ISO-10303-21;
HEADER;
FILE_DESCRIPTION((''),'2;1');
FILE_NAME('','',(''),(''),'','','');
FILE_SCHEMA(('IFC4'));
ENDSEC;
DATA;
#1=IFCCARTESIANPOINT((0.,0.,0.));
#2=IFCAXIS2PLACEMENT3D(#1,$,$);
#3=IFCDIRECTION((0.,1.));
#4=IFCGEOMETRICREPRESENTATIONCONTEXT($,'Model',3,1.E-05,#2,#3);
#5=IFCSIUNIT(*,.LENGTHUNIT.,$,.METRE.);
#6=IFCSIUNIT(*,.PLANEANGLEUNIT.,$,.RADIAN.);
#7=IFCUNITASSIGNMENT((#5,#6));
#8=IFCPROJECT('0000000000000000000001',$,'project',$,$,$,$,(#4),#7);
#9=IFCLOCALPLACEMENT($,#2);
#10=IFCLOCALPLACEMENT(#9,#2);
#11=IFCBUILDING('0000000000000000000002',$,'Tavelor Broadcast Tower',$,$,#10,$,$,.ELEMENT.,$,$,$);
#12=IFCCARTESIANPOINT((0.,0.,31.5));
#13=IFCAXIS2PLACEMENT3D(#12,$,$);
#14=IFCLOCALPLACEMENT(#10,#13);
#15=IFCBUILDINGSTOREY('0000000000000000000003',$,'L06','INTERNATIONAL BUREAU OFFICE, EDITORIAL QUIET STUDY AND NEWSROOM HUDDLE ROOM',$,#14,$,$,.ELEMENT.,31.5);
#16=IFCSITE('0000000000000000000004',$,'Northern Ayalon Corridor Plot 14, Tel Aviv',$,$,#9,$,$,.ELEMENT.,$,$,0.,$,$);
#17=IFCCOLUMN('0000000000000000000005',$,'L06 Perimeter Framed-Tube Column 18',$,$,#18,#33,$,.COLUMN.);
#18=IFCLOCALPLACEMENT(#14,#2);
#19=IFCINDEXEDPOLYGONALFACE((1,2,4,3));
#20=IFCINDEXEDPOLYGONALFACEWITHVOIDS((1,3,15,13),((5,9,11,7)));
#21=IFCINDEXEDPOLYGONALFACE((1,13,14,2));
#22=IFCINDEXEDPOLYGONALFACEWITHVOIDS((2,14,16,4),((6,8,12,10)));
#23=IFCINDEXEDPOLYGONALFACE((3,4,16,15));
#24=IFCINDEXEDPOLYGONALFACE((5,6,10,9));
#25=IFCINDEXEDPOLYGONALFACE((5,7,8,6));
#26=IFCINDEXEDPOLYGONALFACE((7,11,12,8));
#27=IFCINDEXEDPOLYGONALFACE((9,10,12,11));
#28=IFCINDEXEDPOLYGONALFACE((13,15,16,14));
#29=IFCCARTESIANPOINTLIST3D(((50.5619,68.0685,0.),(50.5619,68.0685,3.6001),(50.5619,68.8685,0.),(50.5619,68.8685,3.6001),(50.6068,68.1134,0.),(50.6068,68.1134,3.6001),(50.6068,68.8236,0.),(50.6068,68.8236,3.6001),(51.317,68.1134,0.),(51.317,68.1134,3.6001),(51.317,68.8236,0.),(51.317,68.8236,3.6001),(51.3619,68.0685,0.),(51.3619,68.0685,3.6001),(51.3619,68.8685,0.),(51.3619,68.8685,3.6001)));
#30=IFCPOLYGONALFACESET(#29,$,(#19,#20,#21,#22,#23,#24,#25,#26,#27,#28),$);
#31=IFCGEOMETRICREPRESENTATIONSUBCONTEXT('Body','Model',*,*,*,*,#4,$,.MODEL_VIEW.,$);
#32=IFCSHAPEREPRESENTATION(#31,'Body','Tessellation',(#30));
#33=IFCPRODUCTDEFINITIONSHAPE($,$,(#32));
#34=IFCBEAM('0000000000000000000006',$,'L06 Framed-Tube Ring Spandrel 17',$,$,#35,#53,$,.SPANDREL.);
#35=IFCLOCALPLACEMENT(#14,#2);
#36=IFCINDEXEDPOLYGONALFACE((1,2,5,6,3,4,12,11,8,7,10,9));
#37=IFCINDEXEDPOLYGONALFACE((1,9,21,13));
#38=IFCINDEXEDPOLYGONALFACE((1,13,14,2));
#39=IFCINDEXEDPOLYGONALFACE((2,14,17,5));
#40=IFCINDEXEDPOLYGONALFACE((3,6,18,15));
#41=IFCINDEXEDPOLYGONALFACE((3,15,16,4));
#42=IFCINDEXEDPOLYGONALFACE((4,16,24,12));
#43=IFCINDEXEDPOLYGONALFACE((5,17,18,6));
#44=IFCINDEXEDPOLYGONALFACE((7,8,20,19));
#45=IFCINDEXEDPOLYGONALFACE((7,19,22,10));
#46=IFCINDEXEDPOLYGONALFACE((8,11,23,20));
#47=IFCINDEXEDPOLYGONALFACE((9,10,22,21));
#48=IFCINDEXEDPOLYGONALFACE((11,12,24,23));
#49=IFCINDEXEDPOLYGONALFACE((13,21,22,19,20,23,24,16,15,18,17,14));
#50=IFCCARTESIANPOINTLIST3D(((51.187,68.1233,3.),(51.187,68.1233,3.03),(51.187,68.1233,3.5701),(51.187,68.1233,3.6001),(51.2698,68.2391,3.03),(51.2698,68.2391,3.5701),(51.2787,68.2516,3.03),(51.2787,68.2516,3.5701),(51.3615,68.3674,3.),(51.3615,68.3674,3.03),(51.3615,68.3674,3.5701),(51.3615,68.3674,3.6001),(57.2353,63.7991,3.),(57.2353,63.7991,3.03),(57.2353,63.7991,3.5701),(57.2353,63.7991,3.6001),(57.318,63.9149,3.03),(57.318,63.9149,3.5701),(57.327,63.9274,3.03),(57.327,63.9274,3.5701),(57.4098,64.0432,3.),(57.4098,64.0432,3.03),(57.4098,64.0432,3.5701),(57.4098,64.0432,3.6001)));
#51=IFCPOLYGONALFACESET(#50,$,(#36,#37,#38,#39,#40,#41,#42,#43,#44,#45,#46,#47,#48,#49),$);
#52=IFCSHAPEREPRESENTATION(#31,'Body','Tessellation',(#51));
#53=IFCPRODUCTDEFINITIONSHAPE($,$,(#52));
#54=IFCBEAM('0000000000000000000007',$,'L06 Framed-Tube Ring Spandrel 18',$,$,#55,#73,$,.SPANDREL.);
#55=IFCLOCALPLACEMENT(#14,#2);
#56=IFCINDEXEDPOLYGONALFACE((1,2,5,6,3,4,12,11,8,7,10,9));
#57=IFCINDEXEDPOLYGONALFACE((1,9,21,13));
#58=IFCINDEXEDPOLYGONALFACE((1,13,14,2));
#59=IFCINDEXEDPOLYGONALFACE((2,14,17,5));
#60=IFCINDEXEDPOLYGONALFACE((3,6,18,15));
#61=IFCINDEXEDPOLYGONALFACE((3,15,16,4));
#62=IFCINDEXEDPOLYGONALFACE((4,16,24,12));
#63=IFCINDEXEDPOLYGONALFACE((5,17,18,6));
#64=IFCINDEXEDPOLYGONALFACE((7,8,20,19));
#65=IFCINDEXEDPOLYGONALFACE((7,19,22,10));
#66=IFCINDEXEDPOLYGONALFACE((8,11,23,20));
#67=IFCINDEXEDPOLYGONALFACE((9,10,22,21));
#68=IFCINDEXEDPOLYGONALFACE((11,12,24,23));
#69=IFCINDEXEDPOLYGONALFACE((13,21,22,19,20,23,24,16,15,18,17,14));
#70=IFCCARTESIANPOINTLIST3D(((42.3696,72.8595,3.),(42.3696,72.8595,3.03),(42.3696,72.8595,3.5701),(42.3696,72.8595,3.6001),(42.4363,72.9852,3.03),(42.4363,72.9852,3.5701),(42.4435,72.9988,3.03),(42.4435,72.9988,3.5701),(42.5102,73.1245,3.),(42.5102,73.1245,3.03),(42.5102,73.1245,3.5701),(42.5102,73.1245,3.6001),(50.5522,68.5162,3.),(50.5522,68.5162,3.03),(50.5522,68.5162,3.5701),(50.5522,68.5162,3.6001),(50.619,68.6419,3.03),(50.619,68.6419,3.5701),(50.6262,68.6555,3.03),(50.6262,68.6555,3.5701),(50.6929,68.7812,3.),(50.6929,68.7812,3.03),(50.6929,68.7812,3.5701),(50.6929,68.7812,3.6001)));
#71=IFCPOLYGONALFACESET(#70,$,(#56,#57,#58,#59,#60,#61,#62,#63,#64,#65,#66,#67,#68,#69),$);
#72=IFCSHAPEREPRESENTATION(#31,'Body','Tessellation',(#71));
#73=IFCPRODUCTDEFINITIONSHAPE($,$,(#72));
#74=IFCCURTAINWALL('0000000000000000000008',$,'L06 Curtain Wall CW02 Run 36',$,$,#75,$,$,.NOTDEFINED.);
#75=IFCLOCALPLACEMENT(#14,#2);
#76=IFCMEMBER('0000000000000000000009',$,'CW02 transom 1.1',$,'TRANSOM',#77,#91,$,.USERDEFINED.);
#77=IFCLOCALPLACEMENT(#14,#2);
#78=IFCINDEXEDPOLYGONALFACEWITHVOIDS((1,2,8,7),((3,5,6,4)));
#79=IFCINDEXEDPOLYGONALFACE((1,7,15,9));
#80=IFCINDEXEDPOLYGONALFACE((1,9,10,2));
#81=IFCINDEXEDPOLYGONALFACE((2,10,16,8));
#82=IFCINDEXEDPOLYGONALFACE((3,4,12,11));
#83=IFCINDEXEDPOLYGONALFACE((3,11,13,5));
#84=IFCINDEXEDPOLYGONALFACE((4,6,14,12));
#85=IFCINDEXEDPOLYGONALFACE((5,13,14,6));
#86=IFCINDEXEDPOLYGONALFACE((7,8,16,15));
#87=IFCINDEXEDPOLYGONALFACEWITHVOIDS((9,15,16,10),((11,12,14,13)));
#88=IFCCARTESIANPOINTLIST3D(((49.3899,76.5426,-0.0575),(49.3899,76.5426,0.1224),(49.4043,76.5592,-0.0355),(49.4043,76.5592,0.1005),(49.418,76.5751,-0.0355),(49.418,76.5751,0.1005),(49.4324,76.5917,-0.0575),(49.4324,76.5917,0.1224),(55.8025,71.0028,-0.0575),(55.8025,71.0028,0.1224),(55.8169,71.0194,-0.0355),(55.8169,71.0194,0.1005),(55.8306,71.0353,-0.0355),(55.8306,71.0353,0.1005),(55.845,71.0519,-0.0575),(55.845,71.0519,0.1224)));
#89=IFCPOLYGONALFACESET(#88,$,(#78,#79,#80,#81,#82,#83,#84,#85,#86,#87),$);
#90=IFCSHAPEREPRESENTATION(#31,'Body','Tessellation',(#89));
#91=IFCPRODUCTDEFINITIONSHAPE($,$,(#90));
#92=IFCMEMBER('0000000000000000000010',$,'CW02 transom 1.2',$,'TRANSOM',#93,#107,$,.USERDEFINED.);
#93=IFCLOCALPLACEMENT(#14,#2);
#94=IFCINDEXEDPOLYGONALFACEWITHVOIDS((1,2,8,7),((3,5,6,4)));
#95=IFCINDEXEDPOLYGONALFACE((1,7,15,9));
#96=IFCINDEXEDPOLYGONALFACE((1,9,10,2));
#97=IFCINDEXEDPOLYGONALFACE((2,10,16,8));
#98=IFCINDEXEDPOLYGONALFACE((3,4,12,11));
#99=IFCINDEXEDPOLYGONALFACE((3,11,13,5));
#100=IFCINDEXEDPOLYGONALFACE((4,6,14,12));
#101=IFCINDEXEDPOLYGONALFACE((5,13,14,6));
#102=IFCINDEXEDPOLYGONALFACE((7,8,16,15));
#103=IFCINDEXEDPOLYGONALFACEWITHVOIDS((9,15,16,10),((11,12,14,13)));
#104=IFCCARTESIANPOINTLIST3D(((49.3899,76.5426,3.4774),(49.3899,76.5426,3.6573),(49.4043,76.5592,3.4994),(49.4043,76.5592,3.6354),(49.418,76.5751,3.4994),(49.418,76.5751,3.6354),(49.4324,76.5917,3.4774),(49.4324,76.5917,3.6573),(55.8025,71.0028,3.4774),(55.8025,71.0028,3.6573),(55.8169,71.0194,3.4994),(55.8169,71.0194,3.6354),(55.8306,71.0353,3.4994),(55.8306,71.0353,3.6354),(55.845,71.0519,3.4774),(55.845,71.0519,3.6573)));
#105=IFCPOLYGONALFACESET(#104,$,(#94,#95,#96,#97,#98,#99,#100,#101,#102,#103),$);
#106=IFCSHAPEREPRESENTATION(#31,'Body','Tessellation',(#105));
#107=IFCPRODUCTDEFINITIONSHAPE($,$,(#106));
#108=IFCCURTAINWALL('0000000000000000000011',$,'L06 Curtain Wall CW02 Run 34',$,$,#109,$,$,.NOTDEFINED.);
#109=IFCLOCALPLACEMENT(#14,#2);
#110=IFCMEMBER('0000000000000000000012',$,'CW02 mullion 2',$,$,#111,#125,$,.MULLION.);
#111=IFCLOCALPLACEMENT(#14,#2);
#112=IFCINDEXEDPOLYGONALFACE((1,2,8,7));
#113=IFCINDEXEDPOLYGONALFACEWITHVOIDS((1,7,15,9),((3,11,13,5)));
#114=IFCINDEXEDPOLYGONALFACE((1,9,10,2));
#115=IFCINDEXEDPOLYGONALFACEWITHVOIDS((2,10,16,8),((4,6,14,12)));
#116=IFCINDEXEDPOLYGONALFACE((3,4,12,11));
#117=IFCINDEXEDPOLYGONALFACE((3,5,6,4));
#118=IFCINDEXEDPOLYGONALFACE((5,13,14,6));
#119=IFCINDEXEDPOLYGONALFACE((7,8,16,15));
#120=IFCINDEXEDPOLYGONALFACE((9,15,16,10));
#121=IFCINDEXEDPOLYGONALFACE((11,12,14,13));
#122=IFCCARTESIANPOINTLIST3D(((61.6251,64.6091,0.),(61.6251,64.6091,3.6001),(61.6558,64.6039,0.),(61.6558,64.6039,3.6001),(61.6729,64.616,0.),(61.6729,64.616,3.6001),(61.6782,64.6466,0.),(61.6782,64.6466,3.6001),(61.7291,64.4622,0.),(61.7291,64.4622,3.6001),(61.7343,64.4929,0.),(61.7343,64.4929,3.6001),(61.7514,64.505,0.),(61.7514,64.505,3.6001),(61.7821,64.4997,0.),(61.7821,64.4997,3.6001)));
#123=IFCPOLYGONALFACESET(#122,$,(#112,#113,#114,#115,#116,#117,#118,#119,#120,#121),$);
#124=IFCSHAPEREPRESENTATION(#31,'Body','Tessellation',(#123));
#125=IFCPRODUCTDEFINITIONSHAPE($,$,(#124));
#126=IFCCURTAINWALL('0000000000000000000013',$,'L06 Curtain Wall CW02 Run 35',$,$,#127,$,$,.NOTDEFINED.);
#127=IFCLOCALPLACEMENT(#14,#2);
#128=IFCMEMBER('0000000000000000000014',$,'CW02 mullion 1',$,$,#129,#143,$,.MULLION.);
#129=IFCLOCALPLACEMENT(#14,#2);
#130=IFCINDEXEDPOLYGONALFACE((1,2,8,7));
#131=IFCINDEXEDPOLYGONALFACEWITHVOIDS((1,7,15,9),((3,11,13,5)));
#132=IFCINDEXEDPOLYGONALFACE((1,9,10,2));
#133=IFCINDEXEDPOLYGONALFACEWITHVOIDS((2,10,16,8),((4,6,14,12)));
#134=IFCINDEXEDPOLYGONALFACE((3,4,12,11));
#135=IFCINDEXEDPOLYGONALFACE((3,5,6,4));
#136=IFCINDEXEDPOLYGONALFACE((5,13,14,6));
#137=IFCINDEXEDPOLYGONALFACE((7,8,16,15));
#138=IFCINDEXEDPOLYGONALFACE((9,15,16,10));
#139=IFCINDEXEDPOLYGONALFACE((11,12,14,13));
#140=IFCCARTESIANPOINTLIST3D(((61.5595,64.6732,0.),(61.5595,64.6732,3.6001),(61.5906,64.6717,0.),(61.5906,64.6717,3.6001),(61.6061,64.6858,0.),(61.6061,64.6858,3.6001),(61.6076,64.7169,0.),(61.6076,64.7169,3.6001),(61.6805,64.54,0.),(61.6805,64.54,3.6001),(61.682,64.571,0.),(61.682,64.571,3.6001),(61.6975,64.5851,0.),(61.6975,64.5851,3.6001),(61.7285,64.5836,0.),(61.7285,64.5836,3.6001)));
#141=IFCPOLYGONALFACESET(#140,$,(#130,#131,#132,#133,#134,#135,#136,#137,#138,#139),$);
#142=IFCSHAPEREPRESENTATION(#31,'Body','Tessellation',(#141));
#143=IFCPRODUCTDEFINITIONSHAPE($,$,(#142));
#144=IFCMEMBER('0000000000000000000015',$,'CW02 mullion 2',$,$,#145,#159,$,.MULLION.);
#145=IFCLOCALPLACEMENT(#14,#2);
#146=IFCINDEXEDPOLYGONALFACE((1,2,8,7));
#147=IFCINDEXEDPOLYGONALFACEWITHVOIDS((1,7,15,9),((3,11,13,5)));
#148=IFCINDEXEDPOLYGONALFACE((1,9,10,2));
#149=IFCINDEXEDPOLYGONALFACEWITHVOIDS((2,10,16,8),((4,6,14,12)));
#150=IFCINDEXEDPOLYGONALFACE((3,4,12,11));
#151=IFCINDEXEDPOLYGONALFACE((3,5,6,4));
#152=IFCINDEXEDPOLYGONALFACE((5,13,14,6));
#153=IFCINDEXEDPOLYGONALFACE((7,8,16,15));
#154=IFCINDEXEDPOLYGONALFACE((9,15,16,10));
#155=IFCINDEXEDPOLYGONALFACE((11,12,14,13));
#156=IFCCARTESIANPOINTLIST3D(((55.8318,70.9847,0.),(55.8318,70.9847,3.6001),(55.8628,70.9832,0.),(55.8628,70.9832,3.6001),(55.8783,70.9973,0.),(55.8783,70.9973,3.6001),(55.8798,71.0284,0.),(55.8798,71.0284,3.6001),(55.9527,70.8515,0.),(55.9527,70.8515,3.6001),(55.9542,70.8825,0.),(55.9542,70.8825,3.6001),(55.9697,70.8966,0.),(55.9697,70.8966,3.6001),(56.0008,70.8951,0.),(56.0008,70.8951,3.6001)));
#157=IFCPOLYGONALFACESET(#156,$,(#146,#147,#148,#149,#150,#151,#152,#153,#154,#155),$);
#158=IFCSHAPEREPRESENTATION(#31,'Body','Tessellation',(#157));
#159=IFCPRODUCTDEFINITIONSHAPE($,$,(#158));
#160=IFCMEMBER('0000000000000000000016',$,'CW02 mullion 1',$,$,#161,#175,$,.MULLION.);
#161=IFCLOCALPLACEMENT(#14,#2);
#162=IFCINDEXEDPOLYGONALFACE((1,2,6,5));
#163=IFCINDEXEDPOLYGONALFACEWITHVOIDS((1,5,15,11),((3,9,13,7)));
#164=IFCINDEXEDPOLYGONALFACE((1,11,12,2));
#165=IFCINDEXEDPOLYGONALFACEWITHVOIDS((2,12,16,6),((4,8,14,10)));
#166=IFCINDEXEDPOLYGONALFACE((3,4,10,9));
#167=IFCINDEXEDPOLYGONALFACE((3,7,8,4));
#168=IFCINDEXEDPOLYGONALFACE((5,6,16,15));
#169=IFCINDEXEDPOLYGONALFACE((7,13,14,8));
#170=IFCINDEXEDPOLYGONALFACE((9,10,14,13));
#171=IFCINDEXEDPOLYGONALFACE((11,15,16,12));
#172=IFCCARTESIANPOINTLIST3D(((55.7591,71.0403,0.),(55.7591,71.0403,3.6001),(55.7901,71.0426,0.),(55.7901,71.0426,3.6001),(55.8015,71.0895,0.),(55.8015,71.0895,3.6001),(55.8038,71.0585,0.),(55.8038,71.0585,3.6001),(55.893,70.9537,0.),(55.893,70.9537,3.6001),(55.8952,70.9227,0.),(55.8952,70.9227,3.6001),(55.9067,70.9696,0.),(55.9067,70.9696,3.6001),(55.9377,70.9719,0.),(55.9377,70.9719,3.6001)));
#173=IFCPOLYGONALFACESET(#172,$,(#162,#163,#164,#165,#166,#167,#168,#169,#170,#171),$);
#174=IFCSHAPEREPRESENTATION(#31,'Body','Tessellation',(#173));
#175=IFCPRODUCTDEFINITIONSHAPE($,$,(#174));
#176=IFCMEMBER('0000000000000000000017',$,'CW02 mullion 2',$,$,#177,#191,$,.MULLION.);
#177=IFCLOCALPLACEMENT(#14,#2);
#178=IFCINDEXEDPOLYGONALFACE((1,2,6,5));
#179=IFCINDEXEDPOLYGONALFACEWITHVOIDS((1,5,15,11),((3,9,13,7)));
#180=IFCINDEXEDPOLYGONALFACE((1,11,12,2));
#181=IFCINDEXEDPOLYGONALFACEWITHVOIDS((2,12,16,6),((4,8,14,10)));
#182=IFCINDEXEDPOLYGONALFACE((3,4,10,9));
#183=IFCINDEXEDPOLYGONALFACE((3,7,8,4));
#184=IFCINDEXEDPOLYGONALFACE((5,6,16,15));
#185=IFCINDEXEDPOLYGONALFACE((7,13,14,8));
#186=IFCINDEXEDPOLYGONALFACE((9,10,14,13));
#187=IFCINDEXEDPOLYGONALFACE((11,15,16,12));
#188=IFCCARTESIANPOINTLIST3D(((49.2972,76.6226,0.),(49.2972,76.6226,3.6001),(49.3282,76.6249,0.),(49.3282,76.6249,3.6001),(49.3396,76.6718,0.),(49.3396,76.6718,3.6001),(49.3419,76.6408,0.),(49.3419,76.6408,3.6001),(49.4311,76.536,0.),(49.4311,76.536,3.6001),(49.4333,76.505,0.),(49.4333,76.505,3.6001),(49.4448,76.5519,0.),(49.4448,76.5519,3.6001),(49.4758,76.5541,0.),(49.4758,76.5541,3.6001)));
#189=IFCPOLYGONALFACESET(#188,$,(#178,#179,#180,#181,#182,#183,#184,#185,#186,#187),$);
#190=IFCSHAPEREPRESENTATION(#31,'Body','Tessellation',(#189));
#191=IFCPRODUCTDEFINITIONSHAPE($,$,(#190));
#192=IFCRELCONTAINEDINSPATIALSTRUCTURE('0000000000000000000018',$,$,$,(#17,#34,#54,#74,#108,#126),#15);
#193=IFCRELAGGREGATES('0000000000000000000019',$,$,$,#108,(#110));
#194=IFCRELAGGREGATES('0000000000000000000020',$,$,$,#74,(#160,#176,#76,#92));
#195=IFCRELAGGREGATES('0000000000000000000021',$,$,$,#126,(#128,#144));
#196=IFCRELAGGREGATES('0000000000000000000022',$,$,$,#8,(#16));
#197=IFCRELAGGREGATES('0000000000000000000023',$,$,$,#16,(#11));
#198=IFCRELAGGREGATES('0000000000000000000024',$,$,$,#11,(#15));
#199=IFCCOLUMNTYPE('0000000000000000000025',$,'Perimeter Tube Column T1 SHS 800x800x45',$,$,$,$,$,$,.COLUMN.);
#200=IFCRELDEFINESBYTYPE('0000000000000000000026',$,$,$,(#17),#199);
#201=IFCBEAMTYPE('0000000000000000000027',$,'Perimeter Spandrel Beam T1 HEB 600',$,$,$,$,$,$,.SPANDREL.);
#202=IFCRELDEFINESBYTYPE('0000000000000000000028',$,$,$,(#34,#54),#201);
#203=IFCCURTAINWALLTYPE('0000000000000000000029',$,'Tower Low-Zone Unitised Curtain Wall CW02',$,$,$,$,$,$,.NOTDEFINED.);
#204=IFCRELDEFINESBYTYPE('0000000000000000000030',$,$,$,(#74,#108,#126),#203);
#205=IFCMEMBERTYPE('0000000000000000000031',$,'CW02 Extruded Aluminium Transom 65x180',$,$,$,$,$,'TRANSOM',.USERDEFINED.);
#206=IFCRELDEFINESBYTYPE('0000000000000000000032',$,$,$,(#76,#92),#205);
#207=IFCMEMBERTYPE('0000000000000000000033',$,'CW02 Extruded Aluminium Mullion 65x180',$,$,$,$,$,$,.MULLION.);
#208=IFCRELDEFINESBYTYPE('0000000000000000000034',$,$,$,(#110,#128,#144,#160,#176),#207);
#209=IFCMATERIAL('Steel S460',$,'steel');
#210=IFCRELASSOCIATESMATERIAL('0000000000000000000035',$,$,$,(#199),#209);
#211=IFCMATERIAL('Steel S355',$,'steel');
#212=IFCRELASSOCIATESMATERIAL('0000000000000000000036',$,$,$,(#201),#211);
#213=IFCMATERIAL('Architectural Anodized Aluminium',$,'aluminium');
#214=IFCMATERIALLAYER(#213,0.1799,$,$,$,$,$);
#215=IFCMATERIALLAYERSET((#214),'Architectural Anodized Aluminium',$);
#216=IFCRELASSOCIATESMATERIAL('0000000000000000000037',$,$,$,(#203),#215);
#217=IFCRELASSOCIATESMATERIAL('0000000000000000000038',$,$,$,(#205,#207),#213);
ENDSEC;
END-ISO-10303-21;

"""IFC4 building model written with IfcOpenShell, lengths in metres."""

from ifc_helpers import new_model, si_unit, direction, frame, origin, origin_2d, place, context, subcontext, project, spatial, hollow_rectangle, i_section, extrude, source, transform, mapped, material, layer, layer_set, material_profile, profile_set, type_object, type_shapes, element, aggregate, save


model = new_model("IFC4")

# Units and contexts
model_context = context("Model", 3, precision=1e-05, world=origin(), true_north=direction((0.0, 1.0)))
body_context = subcontext(model_context, "Body", "Model", "MODEL_VIEW")
ifc_project = project(units=[si_unit("LENGTHUNIT", "METRE"), si_unit("PLANEANGLEUNIT", "RADIAN")], contexts=[model_context])

# Site, building, storey
site_placement = place(None, origin())
site = spatial("IfcSite", under=ifc_project, at=site_placement, Name="Northern Ayalon Corridor Plot 14, Tel Aviv", CompositionType="ELEMENT", RefElevation=0.0)
building_placement = place(site_placement, origin())
building = spatial("IfcBuilding", under=site, at=building_placement, Name="Tavelor Broadcast Tower", CompositionType="ELEMENT")
storey_placement = place(building_placement, frame((0.0, 0.0, 31.5)))
storey = spatial("IfcBuildingStorey", under=building, at=storey_placement, Name="L06", Description="INTERNATIONAL BUREAU OFFICE, EDITORIAL QUIET STUDY AND NEWSROOM HUDDLE ROOM", CompositionType="ELEMENT", Elevation=31.5)

# Column
ifc_material_1 = material(Name="Steel S460", Category="steel")
ifc_material_profile_1 = material_profile(ifc_material_1, hollow_rectangle(XDim=0.8, YDim=0.8, WallThickness=0.0449, at=origin_2d()), Name="SHS 800x800x45")
ifc_profile_set_1 = profile_set([ifc_material_profile_1], Name="Steel S460")
column_type = type_object("IfcColumnType", Name="Perimeter Tube Column T1 SHS 800x800x45", PredefinedType="COLUMN", material=ifc_profile_set_1)
column_placement = place(storey_placement, frame((50.9619, 68.4685, 0.0), z_axis=(0.0, 0.0, 1.0), x_axis=(1.0, 0.0, 0.0)))
element("IfcColumn", 1, at=column_placement, inside=storey, type_object=column_type, Name="L06 Perimeter Framed-Tube Column 18", PredefinedType="COLUMN", context=body_context, shape_type="SweptSolid", body=[
    extrude(hollow_rectangle(XDim=0.8, YDim=0.8, WallThickness=0.0449, at=origin_2d()), origin(), (0.0, 0.0, 1.0), 3.6001),
])

# Beams
ifc_material_2 = material(Name="Steel S355", Category="steel")
ifc_material_profile_2 = material_profile(ifc_material_2, i_section(OverallWidth=0.3, OverallDepth=0.6001, WebThickness=0.0154, FlangeThickness=0.03, at=origin_2d()), Name="HEB 600")
ifc_profile_set_2 = profile_set([ifc_material_profile_2], Name="Steel S355")
beam_type = type_object("IfcBeamType", Name="Perimeter Spandrel Beam T1 HEB 600", PredefinedType="SPANDREL", material=ifc_profile_set_2)
beam_1_placement = place(storey_placement, frame((57.3225, 63.9211, 3.3), z_axis=(-0.81348, 0.581592, 0.0), x_axis=(-0.581592, -0.81348, 0.0)))
element("IfcBeam", 2, at=beam_1_placement, inside=storey, type_object=beam_type, Name="L06 Framed-Tube Ring Spandrel 17", PredefinedType="SPANDREL", context=body_context, shape_type="SweptSolid", body=[
    extrude(i_section(OverallWidth=0.3, OverallDepth=0.6001, WebThickness=0.0154, FlangeThickness=0.03, at=origin_2d()), origin(), (0.0, 0.0, 1.0), 7.4351),
])
beam_2_placement = place(storey_placement, frame((50.6226, 68.6487, 3.3), z_axis=(-0.883284, 0.468839, 0.0), x_axis=(-0.468839, -0.883284, 0.0)))
element("IfcBeam", 3, at=beam_2_placement, inside=storey, type_object=beam_type, Name="L06 Framed-Tube Ring Spandrel 18", PredefinedType="SPANDREL", context=body_context, shape_type="SweptSolid", body=[
    extrude(i_section(OverallWidth=0.3, OverallDepth=0.6001, WebThickness=0.0154, FlangeThickness=0.03, at=origin_2d()), origin(), (0.0, 0.0, 1.0), 9.2639),
])

# Curtain wall, members
ifc_material_3 = material(Name="Architectural Anodized Aluminium", Category="aluminium")
ifc_layer_1 = layer(ifc_material_3, 0.1799)
ifc_layer_set_1 = layer_set([ifc_layer_1], Name="Architectural Anodized Aluminium")
curtain_wall_type = type_object("IfcCurtainWallType", Name="Tower Low-Zone Unitised Curtain Wall CW02", PredefinedType="NOTDEFINED", material=ifc_layer_set_1)
curtain_wall_1_placement = place(storey_placement, origin())
curtain_wall_1 = element("IfcCurtainWall", 4, at=curtain_wall_1_placement, inside=storey, type_object=curtain_wall_type, Name="L06 Curtain Wall CW02 Run 36", PredefinedType="NOTDEFINED")
ifc_material_profile_3 = material_profile(ifc_material_3, hollow_rectangle(XDim=0.0649, YDim=0.1799, WallThickness=0.022, at=origin_2d()), Name="RHS 65x180x22")
ifc_profile_set_3 = profile_set([ifc_material_profile_3], Name="Architectural Anodized Aluminium")
member_type_1 = type_object("IfcMemberType", Name="CW02 Extruded Aluminium Transom 65x180", ElementType="TRANSOM", PredefinedType="USERDEFINED", material=ifc_profile_set_3)
shared_shape_1 = source(origin(), body_context, "Body", "SweptSolid", [
    extrude(hollow_rectangle(XDim=0.0649, YDim=0.1799, WallThickness=0.022, at=origin_2d()), origin(), (0.0, 0.0, 1.0), 8.4741),
])
member_1_placement = place(storey_placement, frame((55.8237, 71.0273, 0.0325), z_axis=(-0.756727, 0.653731, 0.0), x_axis=(-0.653731, -0.756727, 0.0)))
member_1 = element("IfcMember", 5, at=member_1_placement, type_object=member_type_1, Name="CW02 transom 1.1", ObjectType="TRANSOM", PredefinedType="USERDEFINED", context=body_context, shape_type="MappedRepresentation", body=[
    mapped(shared_shape_1, transform((0.0, 0.0, 0.0), scale=1.0)),
])
member_2_placement = place(storey_placement, frame((55.8237, 71.0273, 3.5674), z_axis=(-0.756727, 0.653731, 0.0), x_axis=(-0.653731, -0.756727, 0.0)))
member_2 = element("IfcMember", 6, at=member_2_placement, type_object=member_type_1, Name="CW02 transom 1.2", ObjectType="TRANSOM", PredefinedType="USERDEFINED", context=body_context, shape_type="MappedRepresentation", body=[
    mapped(shared_shape_1, transform((0.0, 0.0, 0.0), scale=1.0)),
])

# Curtain wall, member
curtain_wall_2_placement = place(storey_placement, origin())
curtain_wall_2 = element("IfcCurtainWall", 7, at=curtain_wall_2_placement, inside=storey, type_object=curtain_wall_type, Name="L06 Curtain Wall CW02 Run 34", PredefinedType="NOTDEFINED")
ifc_material_profile_4 = material_profile(ifc_material_3, hollow_rectangle(XDim=0.0649, YDim=0.1799, WallThickness=0.022, at=origin_2d()), Name="RHS 65x180x22")
ifc_profile_set_4 = profile_set([ifc_material_profile_4], Name="Architectural Anodized Aluminium")
member_type_2 = type_object("IfcMemberType", Name="CW02 Extruded Aluminium Mullion 65x180", PredefinedType="MULLION", material=ifc_profile_set_4)
shared_shape_2 = source(origin(), body_context, "Body", "SweptSolid", [
    extrude(hollow_rectangle(XDim=0.0649, YDim=0.1799, WallThickness=0.022, at=origin_2d()), origin(), (0.0, 0.0, 1.0), 3.6001),
])
type_shapes(member_type_2, [shared_shape_2])
member_3_placement = place(storey_placement, frame((61.7036, 64.5544, 0.0), z_axis=(0.0, 0.0, 1.0), x_axis=(-0.816389, -0.577503, 0.0)))
member_3 = element("IfcMember", 8, at=member_3_placement, type_object=member_type_2, Name="CW02 mullion 2", PredefinedType="MULLION", context=body_context, shape_type="MappedRepresentation", body=[
    mapped(shared_shape_2, transform((0.0, 0.0, 0.0), scale=1.0)),
])
aggregate(curtain_wall_2, [member_3])

# Curtain wall, members
curtain_wall_3_placement = place(storey_placement, origin())
curtain_wall_3 = element("IfcCurtainWall", 9, at=curtain_wall_3_placement, inside=storey, type_object=curtain_wall_type, Name="L06 Curtain Wall CW02 Run 35", PredefinedType="NOTDEFINED")
member_4_placement = place(storey_placement, frame((61.644, 64.6284, 0.0), z_axis=(0.0, 0.0, 1.0), x_axis=(-0.740505, -0.672051, 0.0)))
member_4 = element("IfcMember", 10, at=member_4_placement, type_object=member_type_2, Name="CW02 mullion 1", PredefinedType="MULLION", context=body_context, shape_type="MappedRepresentation", body=[
    mapped(shared_shape_2, transform((0.0, 0.0, 0.0), scale=1.0)),
])
member_5_placement = place(storey_placement, frame((55.9163, 70.9399, 0.0), z_axis=(0.0, 0.0, 1.0), x_axis=(-0.740505, -0.672051, 0.0)))
member_5 = element("IfcMember", 11, at=member_5_placement, type_object=member_type_2, Name="CW02 mullion 2", PredefinedType="MULLION", context=body_context, shape_type="MappedRepresentation", body=[
    mapped(shared_shape_2, transform((0.0, 0.0, 0.0), scale=1.0)),
])

# Members
member_6_placement = place(storey_placement, frame((55.8484, 71.0061, 0.0), z_axis=(0.0, 0.0, 1.0), x_axis=(-0.653736, -0.756722, 0.0)))
member_6 = element("IfcMember", 12, at=member_6_placement, type_object=member_type_2, Name="CW02 mullion 1", PredefinedType="MULLION", context=body_context, shape_type="MappedRepresentation", body=[
    mapped(shared_shape_2, transform((0.0, 0.0, 0.0), scale=1.0)),
])
member_7_placement = place(storey_placement, frame((49.3865, 76.5884, 0.0), z_axis=(0.0, 0.0, 1.0), x_axis=(-0.653736, -0.756722, 0.0)))
member_7 = element("IfcMember", 13, at=member_7_placement, type_object=member_type_2, Name="CW02 mullion 2", PredefinedType="MULLION", context=body_context, shape_type="MappedRepresentation", body=[
    mapped(shared_shape_2, transform((0.0, 0.0, 0.0), scale=1.0)),
])

aggregate(curtain_wall_1, [member_6, member_7, member_1, member_2])
aggregate(curtain_wall_3, [member_4, member_5])

save(model, "model.ifc")
